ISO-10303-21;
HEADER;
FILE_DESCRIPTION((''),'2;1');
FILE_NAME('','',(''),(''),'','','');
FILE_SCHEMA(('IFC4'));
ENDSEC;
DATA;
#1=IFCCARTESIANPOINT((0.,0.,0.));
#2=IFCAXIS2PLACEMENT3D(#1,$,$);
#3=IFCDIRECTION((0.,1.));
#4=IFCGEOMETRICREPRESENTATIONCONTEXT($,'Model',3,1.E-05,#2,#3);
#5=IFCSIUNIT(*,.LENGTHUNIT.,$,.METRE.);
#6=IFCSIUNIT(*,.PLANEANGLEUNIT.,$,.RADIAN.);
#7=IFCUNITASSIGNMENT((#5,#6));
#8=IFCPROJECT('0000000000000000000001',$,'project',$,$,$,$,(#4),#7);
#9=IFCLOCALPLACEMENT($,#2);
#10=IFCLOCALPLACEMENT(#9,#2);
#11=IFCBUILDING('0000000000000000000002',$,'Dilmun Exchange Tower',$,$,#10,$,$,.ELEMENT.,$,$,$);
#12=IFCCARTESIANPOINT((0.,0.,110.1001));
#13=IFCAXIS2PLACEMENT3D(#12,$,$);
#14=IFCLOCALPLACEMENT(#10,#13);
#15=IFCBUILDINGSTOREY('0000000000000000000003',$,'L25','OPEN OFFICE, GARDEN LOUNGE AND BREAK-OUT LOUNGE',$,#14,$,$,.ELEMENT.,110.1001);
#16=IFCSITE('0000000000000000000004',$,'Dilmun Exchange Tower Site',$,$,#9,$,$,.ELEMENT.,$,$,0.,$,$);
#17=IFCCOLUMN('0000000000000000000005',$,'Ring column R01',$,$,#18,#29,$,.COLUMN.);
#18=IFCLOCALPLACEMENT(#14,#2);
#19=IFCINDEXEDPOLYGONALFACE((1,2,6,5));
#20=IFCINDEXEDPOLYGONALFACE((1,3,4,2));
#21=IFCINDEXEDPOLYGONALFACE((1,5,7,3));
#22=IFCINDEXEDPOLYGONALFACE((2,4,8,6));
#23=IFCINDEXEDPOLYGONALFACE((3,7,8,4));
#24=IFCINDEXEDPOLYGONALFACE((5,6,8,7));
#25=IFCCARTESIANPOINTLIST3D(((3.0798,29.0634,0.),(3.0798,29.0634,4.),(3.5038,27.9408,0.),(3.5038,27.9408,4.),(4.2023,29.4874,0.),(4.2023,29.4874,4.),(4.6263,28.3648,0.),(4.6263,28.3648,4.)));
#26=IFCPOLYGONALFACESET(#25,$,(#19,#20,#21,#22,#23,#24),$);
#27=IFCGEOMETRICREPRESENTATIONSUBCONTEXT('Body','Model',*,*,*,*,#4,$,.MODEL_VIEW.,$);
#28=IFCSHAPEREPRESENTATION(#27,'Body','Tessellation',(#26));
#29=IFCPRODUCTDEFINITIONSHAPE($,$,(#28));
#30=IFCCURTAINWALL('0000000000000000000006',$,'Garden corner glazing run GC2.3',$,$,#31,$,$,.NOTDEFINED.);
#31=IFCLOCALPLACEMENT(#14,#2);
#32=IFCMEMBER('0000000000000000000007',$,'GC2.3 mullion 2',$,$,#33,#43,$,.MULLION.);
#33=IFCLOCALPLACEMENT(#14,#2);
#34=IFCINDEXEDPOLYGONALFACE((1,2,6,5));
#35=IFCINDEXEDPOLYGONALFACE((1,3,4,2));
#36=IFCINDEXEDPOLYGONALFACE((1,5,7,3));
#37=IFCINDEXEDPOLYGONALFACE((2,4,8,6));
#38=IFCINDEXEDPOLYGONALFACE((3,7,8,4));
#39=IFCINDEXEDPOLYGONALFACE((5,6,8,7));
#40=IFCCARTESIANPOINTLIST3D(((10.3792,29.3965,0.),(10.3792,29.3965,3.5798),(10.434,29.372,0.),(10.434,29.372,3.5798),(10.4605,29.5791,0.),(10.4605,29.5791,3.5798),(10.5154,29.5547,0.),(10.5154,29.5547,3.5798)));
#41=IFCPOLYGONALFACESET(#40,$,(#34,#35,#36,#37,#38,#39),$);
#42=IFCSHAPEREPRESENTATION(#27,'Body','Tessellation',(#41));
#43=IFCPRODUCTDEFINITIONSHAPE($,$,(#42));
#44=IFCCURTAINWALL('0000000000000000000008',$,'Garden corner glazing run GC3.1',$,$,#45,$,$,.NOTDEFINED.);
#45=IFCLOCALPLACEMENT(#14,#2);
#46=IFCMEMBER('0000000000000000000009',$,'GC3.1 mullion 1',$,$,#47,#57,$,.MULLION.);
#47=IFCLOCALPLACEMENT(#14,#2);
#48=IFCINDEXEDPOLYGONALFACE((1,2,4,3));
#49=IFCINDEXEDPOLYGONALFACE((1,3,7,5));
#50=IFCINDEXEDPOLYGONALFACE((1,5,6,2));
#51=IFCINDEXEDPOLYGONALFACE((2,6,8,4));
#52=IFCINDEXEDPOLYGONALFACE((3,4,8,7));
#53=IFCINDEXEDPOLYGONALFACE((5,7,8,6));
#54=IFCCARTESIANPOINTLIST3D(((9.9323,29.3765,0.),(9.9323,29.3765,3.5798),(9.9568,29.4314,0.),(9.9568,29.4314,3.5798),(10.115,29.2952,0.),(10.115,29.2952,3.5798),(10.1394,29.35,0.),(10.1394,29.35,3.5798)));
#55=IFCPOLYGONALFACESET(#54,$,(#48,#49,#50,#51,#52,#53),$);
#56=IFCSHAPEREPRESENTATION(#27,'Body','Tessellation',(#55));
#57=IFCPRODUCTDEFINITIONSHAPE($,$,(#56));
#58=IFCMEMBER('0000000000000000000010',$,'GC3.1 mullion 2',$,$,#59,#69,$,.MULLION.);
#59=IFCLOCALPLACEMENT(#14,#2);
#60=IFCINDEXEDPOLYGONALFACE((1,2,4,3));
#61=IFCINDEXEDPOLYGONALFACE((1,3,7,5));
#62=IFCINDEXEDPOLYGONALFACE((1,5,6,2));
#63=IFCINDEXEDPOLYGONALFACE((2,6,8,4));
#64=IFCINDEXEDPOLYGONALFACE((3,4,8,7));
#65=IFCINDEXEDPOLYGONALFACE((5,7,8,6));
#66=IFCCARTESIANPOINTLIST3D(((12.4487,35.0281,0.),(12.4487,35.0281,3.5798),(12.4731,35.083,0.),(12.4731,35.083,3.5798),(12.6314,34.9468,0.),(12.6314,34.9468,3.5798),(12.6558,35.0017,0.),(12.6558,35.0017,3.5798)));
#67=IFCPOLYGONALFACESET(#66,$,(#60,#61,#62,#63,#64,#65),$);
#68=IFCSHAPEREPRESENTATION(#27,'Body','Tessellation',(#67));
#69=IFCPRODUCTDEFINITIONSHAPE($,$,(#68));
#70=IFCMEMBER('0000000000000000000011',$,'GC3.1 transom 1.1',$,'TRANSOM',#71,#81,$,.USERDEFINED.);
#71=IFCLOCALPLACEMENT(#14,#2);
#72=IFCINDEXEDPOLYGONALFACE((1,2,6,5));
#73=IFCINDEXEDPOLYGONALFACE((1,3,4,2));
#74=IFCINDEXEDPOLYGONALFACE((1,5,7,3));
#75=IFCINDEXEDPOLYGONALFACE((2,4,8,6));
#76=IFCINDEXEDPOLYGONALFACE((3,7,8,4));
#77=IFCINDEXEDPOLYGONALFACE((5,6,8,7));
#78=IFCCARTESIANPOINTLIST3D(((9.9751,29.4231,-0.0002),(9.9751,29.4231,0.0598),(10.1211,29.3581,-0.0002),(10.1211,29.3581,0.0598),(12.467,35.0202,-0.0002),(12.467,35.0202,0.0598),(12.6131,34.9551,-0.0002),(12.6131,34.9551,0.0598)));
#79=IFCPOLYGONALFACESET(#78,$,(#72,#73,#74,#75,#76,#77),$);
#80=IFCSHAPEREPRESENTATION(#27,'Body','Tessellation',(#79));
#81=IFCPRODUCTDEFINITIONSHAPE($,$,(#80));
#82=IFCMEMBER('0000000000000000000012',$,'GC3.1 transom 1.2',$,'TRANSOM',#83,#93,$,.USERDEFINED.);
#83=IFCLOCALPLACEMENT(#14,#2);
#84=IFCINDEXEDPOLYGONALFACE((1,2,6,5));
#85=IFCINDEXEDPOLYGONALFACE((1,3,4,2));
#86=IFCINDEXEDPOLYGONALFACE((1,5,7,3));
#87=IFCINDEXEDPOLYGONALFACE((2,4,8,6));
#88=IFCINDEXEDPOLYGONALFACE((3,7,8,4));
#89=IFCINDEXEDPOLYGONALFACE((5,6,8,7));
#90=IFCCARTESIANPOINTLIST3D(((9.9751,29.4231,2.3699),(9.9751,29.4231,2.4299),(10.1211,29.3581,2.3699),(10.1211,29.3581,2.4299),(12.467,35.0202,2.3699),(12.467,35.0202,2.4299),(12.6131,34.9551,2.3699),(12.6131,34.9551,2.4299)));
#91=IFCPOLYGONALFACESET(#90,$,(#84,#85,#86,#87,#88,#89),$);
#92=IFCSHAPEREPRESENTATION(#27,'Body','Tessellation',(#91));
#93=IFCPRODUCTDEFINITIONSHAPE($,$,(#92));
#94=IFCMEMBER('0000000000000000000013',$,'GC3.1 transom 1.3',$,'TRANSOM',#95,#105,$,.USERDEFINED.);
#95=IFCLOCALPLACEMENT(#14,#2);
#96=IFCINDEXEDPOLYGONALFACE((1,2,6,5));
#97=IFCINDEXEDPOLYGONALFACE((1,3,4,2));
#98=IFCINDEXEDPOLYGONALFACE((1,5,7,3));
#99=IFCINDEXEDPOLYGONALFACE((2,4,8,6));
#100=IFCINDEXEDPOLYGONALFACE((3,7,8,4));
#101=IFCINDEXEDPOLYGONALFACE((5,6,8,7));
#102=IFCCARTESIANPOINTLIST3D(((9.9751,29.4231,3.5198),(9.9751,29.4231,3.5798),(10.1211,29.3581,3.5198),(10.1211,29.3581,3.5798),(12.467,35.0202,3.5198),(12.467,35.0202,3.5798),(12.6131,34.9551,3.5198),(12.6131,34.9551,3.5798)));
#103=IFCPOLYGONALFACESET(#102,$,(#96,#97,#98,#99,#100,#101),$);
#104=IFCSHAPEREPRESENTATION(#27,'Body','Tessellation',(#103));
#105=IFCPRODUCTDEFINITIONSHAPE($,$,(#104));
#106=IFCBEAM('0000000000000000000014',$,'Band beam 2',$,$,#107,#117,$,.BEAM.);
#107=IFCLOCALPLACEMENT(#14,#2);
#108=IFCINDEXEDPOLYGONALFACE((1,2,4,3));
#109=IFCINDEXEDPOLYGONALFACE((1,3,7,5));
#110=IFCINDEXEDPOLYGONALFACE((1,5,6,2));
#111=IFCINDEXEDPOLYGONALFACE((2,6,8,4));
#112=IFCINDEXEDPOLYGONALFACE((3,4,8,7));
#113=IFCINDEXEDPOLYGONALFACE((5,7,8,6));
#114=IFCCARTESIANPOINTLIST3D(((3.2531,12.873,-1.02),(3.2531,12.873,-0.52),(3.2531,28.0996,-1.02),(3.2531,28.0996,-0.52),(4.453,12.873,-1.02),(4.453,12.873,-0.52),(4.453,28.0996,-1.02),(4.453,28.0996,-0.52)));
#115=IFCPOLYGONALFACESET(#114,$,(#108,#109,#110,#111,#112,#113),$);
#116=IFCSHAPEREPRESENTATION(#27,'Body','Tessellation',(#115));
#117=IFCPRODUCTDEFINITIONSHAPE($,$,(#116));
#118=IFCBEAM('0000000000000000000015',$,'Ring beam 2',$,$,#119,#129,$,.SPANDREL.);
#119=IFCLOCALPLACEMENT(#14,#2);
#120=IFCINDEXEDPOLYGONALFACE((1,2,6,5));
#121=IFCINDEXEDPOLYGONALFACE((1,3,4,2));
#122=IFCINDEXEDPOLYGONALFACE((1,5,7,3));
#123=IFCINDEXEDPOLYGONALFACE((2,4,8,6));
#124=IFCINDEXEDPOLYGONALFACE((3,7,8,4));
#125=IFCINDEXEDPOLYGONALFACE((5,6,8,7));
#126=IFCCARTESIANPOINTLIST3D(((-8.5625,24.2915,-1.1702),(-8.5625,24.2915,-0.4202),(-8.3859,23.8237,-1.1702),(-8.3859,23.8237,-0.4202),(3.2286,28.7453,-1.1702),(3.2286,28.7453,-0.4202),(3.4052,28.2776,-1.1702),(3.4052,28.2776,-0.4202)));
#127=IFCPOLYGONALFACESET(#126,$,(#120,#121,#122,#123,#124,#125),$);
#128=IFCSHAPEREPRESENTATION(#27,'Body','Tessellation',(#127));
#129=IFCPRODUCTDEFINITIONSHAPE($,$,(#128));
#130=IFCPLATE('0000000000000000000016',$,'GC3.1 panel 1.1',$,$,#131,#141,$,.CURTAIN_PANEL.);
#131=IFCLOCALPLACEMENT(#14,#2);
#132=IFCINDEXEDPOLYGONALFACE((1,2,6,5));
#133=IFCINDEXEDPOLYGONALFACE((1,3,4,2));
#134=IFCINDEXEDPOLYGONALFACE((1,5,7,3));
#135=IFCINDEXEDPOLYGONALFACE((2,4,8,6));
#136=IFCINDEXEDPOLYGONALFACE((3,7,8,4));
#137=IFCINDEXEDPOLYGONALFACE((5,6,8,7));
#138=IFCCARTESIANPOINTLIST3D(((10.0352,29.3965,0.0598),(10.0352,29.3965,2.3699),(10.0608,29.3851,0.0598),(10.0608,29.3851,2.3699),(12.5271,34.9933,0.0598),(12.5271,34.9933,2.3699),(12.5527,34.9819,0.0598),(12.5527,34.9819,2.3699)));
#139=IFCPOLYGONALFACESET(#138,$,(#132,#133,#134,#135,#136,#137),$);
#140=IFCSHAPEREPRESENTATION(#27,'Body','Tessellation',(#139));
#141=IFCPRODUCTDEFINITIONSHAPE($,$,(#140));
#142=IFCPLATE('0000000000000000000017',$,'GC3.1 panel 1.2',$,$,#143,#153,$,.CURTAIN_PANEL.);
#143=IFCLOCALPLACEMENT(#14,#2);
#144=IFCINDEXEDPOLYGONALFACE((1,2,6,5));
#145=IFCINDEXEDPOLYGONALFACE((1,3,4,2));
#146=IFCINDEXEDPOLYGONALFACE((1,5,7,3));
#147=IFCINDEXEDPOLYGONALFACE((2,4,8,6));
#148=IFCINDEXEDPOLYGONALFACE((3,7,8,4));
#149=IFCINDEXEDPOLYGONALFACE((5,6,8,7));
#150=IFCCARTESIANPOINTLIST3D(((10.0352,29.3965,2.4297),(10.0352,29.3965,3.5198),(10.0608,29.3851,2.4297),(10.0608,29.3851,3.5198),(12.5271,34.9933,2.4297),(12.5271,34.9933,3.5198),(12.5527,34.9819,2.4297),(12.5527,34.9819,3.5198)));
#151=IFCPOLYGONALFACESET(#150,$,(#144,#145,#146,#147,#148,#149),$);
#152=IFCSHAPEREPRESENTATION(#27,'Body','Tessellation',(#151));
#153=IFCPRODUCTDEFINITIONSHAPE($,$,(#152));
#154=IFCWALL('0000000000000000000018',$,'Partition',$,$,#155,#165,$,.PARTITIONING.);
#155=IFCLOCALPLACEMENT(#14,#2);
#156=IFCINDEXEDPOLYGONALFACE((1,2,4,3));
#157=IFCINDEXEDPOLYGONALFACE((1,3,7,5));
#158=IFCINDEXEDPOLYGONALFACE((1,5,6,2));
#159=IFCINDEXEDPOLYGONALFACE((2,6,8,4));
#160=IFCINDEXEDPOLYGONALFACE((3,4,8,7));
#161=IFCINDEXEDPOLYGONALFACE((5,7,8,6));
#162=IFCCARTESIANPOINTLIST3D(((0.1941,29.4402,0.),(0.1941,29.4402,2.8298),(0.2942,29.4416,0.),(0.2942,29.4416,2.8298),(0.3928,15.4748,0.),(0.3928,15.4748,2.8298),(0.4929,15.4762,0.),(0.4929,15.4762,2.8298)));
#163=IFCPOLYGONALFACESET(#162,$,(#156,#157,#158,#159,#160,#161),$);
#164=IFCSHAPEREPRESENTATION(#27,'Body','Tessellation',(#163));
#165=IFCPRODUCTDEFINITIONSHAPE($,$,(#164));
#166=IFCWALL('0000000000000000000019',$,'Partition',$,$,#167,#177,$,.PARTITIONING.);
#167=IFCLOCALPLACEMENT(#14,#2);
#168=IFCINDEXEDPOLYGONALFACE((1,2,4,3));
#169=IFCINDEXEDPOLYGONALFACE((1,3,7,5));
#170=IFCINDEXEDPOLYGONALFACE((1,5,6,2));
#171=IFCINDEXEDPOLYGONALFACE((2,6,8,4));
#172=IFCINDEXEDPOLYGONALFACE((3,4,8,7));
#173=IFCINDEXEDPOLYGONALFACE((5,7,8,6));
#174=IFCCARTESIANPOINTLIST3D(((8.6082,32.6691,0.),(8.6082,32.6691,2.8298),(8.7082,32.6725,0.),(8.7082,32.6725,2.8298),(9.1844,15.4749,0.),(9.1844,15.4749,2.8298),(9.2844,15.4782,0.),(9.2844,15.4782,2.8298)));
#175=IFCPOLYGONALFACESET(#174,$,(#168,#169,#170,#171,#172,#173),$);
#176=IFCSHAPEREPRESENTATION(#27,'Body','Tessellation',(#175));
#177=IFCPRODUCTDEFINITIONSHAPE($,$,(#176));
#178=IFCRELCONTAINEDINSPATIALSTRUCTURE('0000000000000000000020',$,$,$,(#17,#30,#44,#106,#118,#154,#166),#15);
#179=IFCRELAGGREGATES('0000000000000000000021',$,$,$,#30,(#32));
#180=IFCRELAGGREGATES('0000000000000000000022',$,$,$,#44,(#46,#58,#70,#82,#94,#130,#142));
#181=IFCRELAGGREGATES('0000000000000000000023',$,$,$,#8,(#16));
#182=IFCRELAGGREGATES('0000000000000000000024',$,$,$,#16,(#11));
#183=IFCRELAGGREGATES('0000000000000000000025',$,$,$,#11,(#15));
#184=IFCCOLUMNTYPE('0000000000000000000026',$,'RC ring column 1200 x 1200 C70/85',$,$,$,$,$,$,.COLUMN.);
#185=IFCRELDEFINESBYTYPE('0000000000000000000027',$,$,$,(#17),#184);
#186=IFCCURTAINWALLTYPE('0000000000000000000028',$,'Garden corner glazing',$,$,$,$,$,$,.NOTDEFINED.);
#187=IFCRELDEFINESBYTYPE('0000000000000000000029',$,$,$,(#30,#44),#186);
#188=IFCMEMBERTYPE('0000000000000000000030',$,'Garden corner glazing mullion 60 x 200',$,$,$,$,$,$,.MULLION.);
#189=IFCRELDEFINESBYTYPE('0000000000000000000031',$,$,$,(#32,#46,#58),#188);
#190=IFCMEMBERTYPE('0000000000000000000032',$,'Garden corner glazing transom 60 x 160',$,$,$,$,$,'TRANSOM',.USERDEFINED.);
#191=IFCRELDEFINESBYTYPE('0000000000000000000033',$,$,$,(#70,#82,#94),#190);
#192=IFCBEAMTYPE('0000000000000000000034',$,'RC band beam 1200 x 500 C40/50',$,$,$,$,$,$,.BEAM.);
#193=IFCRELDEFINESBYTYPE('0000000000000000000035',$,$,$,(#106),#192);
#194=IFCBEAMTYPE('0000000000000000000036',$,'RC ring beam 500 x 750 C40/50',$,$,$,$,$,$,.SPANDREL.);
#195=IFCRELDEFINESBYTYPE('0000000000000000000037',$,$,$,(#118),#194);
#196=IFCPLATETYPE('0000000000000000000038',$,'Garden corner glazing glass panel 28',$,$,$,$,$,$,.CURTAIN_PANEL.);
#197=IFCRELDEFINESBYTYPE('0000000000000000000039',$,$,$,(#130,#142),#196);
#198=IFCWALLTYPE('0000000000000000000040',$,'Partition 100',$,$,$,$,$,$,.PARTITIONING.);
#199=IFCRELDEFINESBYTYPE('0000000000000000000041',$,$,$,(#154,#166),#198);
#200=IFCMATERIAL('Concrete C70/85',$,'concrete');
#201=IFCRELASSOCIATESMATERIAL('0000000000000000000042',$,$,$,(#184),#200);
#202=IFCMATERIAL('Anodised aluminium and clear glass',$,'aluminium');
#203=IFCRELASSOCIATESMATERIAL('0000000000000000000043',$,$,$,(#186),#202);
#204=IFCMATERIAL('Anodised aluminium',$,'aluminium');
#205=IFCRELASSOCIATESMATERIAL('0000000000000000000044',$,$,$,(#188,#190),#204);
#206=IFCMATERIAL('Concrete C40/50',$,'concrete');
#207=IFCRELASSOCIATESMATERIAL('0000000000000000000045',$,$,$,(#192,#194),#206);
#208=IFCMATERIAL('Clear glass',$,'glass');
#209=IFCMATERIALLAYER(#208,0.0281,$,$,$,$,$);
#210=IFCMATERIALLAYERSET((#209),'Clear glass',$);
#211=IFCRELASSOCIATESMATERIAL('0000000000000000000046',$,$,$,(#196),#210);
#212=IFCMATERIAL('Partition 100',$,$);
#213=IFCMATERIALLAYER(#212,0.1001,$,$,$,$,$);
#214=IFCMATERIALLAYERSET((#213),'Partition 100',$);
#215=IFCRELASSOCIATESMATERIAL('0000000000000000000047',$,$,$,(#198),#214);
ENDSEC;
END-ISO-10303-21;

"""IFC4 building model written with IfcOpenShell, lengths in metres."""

from ifc_helpers import new_model, si_unit, direction, frame, frame_2d, origin, origin_2d, place, context, subcontext, project, spatial, rectangle, extrude, material, layer, layer_set, material_profile, profile_set, type_object, element, aggregate, save


model = new_model("IFC4")

# Units and contexts
model_context = context("Model", 3, precision=1e-05, world=origin(), true_north=direction((0.0, 1.0)))
body_context = subcontext(model_context, "Body", "Model", "MODEL_VIEW")
ifc_project = project(units=[si_unit("LENGTHUNIT", "METRE"), si_unit("PLANEANGLEUNIT", "RADIAN")], contexts=[model_context])

# Site, building, storey
site_placement = place(None, origin())
site = spatial("IfcSite", under=ifc_project, at=site_placement, Name="Dilmun Exchange Tower Site", CompositionType="ELEMENT", RefElevation=0.0)
building_placement = place(site_placement, origin())
building = spatial("IfcBuilding", under=site, at=building_placement, Name="Dilmun Exchange Tower", CompositionType="ELEMENT")
storey_placement = place(building_placement, frame((0.0, 0.0, 110.1001)))
storey = spatial("IfcBuildingStorey", under=building, at=storey_placement, Name="L25", Description="OPEN OFFICE, GARDEN LOUNGE AND BREAK-OUT LOUNGE", CompositionType="ELEMENT", Elevation=110.1001)

# Column
ifc_material_1 = material(Name="Concrete C70/85", Category="concrete")
ifc_material_profile_1 = material_profile(ifc_material_1, rectangle(XDim=1.2, YDim=1.2, at=origin_2d()), Name="1200 x 1200")
ifc_profile_set_1 = profile_set([ifc_material_profile_1], Name="Concrete C70/85")
column_type = type_object("IfcColumnType", Name="RC ring column 1200 x 1200 C70/85", PredefinedType="COLUMN", material=ifc_profile_set_1)
column_placement = place(storey_placement, frame((3.853, 28.7141, 0.0), z_axis=(0.0, 0.0, 1.0), x_axis=(0.935492, 0.353349, 0.0)))
element("IfcColumn", 1, at=column_placement, inside=storey, type_object=column_type, Name="Ring column R01", PredefinedType="COLUMN", context=body_context, shape_type="SweptSolid", body=[
    extrude(rectangle(XDim=1.2, YDim=1.2, at=origin_2d()), origin(), (0.0, 0.0, 1.0), 4.0),
])

# Curtain wall, member
ifc_material_2 = material(Name="Anodised aluminium and clear glass", Category="aluminium")
curtain_wall_type = type_object("IfcCurtainWallType", Name="Garden corner glazing", PredefinedType="NOTDEFINED", material=ifc_material_2)
curtain_wall_1_placement = place(storey_placement, origin())
curtain_wall_1 = element("IfcCurtainWall", 2, at=curtain_wall_1_placement, inside=storey, type_object=curtain_wall_type, Name="Garden corner glazing run GC2.3", PredefinedType="NOTDEFINED")
ifc_material_3 = material(Name="Anodised aluminium", Category="aluminium")
ifc_material_profile_2 = material_profile(ifc_material_3, rectangle(XDim=0.2, YDim=0.0601, at=origin_2d()), Name="AL 60x200")
ifc_profile_set_2 = profile_set([ifc_material_profile_2], Name="Anodised aluminium")
member_type_1 = type_object("IfcMemberType", Name="Garden corner glazing mullion 60 x 200", PredefinedType="MULLION", material=ifc_profile_set_2)
member_1_placement = place(storey_placement, frame((10.4473, 29.4756, 0.0), z_axis=(0.0, 0.0, 1.0), x_axis=(-0.406735, -0.913546, 0.0)))
member_1 = element("IfcMember", 3, at=member_1_placement, type_object=member_type_1, Name="GC2.3 mullion 2", PredefinedType="MULLION", context=body_context, shape_type="SweptSolid", body=[
    extrude(rectangle(XDim=0.2, YDim=0.0601, at=origin_2d()), origin(), (0.0, 0.0, 1.0), 3.5798),
])
aggregate(curtain_wall_1, [member_1])

# Curtain wall, members
curtain_wall_2_placement = place(storey_placement, origin())
curtain_wall_2 = element("IfcCurtainWall", 4, at=curtain_wall_2_placement, inside=storey, type_object=curtain_wall_type, Name="Garden corner glazing run GC3.1", PredefinedType="NOTDEFINED")
member_2_placement = place(storey_placement, frame((10.0359, 29.3633, 0.0), z_axis=(0.0, 0.0, 1.0), x_axis=(-0.913543, 0.406743, 0.0)))
member_2 = element("IfcMember", 5, at=member_2_placement, type_object=member_type_1, Name="GC3.1 mullion 1", PredefinedType="MULLION", context=body_context, shape_type="SweptSolid", body=[
    extrude(rectangle(XDim=0.2, YDim=0.0601, at=origin_2d()), origin(), (0.0, 0.0, 1.0), 3.5798),
])
member_3_placement = place(storey_placement, frame((12.5522, 35.0149, 0.0), z_axis=(0.0, 0.0, 1.0), x_axis=(-0.913543, 0.406743, 0.0)))
member_3 = element("IfcMember", 6, at=member_3_placement, type_object=member_type_1, Name="GC3.1 mullion 2", PredefinedType="MULLION", context=body_context, shape_type="SweptSolid", body=[
    extrude(rectangle(XDim=0.2, YDim=0.0601, at=origin_2d()), origin(), (0.0, 0.0, 1.0), 3.5798),
])
ifc_material_profile_3 = material_profile(ifc_material_3, rectangle(XDim=0.1599, YDim=0.0601, at=origin_2d()), Name="AL 60x160")
ifc_profile_set_3 = profile_set([ifc_material_profile_3], Name="Anodised aluminium")
member_type_2 = type_object("IfcMemberType", Name="Garden corner glazing transom 60 x 160", ElementType="TRANSOM", PredefinedType="USERDEFINED", material=ifc_profile_set_3)
member_4_placement = place(storey_placement, frame((10.0481, 29.3906, 0.0298), z_axis=(0.406741, 0.913543, 0.0), x_axis=(-0.913543, 0.406741, 0.0)))
member_4 = element("IfcMember", 7, at=member_4_placement, type_object=member_type_2, Name="GC3.1 transom 1.1", ObjectType="TRANSOM", PredefinedType="USERDEFINED", context=body_context, shape_type="SweptSolid", body=[
    extrude(rectangle(XDim=0.1599, YDim=0.0601, at=origin_2d()), origin(), (0.0, 0.0, 1.0), 6.1267),
])
member_5_placement = place(storey_placement, frame((10.0481, 29.3906, 2.3999), z_axis=(0.406741, 0.913543, 0.0), x_axis=(-0.913543, 0.406741, 0.0)))
member_5 = element("IfcMember", 8, at=member_5_placement, type_object=member_type_2, Name="GC3.1 transom 1.2", ObjectType="TRANSOM", PredefinedType="USERDEFINED", context=body_context, shape_type="SweptSolid", body=[
    extrude(rectangle(XDim=0.1599, YDim=0.0601, at=origin_2d()), origin(), (0.0, 0.0, 1.0), 6.1267),
])
member_6_placement = place(storey_placement, frame((10.0481, 29.3906, 3.5498), z_axis=(0.406741, 0.913543, 0.0), x_axis=(-0.913543, 0.406741, 0.0)))
member_6 = element("IfcMember", 9, at=member_6_placement, type_object=member_type_2, Name="GC3.1 transom 1.3", ObjectType="TRANSOM", PredefinedType="USERDEFINED", context=body_context, shape_type="SweptSolid", body=[
    extrude(rectangle(XDim=0.1599, YDim=0.0601, at=origin_2d()), origin(), (0.0, 0.0, 1.0), 6.1267),
])

# Beams
ifc_material_4 = material(Name="Concrete C40/50", Category="concrete")
ifc_material_profile_4 = material_profile(ifc_material_4, rectangle(XDim=1.2, YDim=0.5, at=origin_2d()), Name="1200 x 500")
ifc_profile_set_4 = profile_set([ifc_material_profile_4], Name="Concrete C40/50")
beam_type_1 = type_object("IfcBeamType", Name="RC band beam 1200 x 500 C40/50", PredefinedType="BEAM", material=ifc_profile_set_4)
beam_1_placement = place(storey_placement, frame((3.853, 28.0996, -0.77), z_axis=(0.0, -1.0, 0.0), x_axis=(1.0, 0.0, 0.0)))
element("IfcBeam", 10, at=beam_1_placement, inside=storey, type_object=beam_type_1, Name="Band beam 2", PredefinedType="BEAM", context=body_context, shape_type="SweptSolid", body=[
    extrude(rectangle(XDim=1.2, YDim=0.5, at=origin_2d()), origin(), (0.0, 0.0, 1.0), 15.2266),
])
ifc_material_profile_5 = material_profile(ifc_material_4, rectangle(XDim=0.5, YDim=0.75, at=origin_2d()), Name="500 x 750")
ifc_profile_set_5 = profile_set([ifc_material_profile_5], Name="Concrete C40/50")
beam_type_2 = type_object("IfcBeamType", Name="RC ring beam 500 x 750 C40/50", PredefinedType="SPANDREL", material=ifc_profile_set_5)
beam_2_placement = place(storey_placement, frame((3.3169, 28.5115, -0.7952), z_axis=(-0.935486, -0.353364, 0.0), x_axis=(0.353364, -0.935486, 0.0)))
element("IfcBeam", 11, at=beam_2_placement, inside=storey, type_object=beam_type_2, Name="Ring beam 2", PredefinedType="SPANDREL", context=body_context, shape_type="SweptSolid", body=[
    extrude(rectangle(XDim=0.5, YDim=0.75, at=origin_2d()), origin(), (0.0, 0.0, 1.0), 12.6042),
])

# Plates
ifc_material_5 = material(Name="Clear glass", Category="glass")
ifc_layer_1 = layer(ifc_material_5, 0.0281)
ifc_layer_set_1 = layer_set([ifc_layer_1], Name="Clear glass")
plate_type = type_object("IfcPlateType", Name="Garden corner glazing glass panel 28", PredefinedType="CURTAIN_PANEL", material=ifc_layer_set_1)
plate_1_placement = place(storey_placement, frame((11.2939, 32.1892, 0.0598), z_axis=(0.0, 0.0, 1.0), x_axis=(0.406743, 0.913543, 0.0)))
plate_1 = element("IfcPlate", 12, at=plate_1_placement, type_object=plate_type, Name="GC3.1 panel 1.1", PredefinedType="CURTAIN_PANEL", context=body_context, shape_type="SweptSolid", body=[
    extrude(rectangle(XDim=6.1265, YDim=0.0281, at=origin_2d()), origin(), (0.0, 0.0, 1.0), 2.3101),
])
plate_2_placement = place(storey_placement, frame((11.2939, 32.1892, 2.4297), z_axis=(0.0, 0.0, 1.0), x_axis=(0.406743, 0.913543, 0.0)))
plate_2 = element("IfcPlate", 13, at=plate_2_placement, type_object=plate_type, Name="GC3.1 panel 1.2", PredefinedType="CURTAIN_PANEL", context=body_context, shape_type="SweptSolid", body=[
    extrude(rectangle(XDim=6.1265, YDim=0.0281, at=origin_2d()), origin(), (0.0, 0.0, 1.0), 1.0901),
])
aggregate(curtain_wall_2, [member_2, member_3, member_4, member_5, member_6, plate_1, plate_2])

# Walls
ifc_material_6 = material(Name="Partition 100")
ifc_layer_2 = layer(ifc_material_6, 0.1001)
ifc_layer_set_2 = layer_set([ifc_layer_2], Name="Partition 100")
wall_type = type_object("IfcWallType", Name="Partition 100", PredefinedType="PARTITIONING", material=ifc_layer_set_2)
wall_1_placement = place(storey_placement, frame((0.2441, 29.4409, 0.0), z_axis=(0.0, 0.0, 1.0), x_axis=(0.014229, -0.999899, 0.0)))
element("IfcWall", 14, at=wall_1_placement, inside=storey, type_object=wall_type, Name="Partition", PredefinedType="PARTITIONING", context=body_context, shape_type="SweptSolid", body=[
    extrude(rectangle(XDim=13.9668, YDim=0.1001, at=frame_2d((6.9834, 0.0))), origin(), (0.0, 0.0, 1.0), 2.8298),
])
wall_2_placement = place(storey_placement, frame((8.6582, 32.6709, 0.0), z_axis=(0.0, 0.0, 1.0), x_axis=(0.033491, -0.999439, 0.0)))
element("IfcWall", 15, at=wall_2_placement, inside=storey, type_object=wall_type, Name="Partition", PredefinedType="PARTITIONING", context=body_context, shape_type="SweptSolid", body=[
    extrude(rectangle(XDim=17.2039, YDim=0.1001, at=frame_2d((8.6021, 0.0))), origin(), (0.0, 0.0, 1.0), 2.8298),
])

save(model, "model.ifc")
